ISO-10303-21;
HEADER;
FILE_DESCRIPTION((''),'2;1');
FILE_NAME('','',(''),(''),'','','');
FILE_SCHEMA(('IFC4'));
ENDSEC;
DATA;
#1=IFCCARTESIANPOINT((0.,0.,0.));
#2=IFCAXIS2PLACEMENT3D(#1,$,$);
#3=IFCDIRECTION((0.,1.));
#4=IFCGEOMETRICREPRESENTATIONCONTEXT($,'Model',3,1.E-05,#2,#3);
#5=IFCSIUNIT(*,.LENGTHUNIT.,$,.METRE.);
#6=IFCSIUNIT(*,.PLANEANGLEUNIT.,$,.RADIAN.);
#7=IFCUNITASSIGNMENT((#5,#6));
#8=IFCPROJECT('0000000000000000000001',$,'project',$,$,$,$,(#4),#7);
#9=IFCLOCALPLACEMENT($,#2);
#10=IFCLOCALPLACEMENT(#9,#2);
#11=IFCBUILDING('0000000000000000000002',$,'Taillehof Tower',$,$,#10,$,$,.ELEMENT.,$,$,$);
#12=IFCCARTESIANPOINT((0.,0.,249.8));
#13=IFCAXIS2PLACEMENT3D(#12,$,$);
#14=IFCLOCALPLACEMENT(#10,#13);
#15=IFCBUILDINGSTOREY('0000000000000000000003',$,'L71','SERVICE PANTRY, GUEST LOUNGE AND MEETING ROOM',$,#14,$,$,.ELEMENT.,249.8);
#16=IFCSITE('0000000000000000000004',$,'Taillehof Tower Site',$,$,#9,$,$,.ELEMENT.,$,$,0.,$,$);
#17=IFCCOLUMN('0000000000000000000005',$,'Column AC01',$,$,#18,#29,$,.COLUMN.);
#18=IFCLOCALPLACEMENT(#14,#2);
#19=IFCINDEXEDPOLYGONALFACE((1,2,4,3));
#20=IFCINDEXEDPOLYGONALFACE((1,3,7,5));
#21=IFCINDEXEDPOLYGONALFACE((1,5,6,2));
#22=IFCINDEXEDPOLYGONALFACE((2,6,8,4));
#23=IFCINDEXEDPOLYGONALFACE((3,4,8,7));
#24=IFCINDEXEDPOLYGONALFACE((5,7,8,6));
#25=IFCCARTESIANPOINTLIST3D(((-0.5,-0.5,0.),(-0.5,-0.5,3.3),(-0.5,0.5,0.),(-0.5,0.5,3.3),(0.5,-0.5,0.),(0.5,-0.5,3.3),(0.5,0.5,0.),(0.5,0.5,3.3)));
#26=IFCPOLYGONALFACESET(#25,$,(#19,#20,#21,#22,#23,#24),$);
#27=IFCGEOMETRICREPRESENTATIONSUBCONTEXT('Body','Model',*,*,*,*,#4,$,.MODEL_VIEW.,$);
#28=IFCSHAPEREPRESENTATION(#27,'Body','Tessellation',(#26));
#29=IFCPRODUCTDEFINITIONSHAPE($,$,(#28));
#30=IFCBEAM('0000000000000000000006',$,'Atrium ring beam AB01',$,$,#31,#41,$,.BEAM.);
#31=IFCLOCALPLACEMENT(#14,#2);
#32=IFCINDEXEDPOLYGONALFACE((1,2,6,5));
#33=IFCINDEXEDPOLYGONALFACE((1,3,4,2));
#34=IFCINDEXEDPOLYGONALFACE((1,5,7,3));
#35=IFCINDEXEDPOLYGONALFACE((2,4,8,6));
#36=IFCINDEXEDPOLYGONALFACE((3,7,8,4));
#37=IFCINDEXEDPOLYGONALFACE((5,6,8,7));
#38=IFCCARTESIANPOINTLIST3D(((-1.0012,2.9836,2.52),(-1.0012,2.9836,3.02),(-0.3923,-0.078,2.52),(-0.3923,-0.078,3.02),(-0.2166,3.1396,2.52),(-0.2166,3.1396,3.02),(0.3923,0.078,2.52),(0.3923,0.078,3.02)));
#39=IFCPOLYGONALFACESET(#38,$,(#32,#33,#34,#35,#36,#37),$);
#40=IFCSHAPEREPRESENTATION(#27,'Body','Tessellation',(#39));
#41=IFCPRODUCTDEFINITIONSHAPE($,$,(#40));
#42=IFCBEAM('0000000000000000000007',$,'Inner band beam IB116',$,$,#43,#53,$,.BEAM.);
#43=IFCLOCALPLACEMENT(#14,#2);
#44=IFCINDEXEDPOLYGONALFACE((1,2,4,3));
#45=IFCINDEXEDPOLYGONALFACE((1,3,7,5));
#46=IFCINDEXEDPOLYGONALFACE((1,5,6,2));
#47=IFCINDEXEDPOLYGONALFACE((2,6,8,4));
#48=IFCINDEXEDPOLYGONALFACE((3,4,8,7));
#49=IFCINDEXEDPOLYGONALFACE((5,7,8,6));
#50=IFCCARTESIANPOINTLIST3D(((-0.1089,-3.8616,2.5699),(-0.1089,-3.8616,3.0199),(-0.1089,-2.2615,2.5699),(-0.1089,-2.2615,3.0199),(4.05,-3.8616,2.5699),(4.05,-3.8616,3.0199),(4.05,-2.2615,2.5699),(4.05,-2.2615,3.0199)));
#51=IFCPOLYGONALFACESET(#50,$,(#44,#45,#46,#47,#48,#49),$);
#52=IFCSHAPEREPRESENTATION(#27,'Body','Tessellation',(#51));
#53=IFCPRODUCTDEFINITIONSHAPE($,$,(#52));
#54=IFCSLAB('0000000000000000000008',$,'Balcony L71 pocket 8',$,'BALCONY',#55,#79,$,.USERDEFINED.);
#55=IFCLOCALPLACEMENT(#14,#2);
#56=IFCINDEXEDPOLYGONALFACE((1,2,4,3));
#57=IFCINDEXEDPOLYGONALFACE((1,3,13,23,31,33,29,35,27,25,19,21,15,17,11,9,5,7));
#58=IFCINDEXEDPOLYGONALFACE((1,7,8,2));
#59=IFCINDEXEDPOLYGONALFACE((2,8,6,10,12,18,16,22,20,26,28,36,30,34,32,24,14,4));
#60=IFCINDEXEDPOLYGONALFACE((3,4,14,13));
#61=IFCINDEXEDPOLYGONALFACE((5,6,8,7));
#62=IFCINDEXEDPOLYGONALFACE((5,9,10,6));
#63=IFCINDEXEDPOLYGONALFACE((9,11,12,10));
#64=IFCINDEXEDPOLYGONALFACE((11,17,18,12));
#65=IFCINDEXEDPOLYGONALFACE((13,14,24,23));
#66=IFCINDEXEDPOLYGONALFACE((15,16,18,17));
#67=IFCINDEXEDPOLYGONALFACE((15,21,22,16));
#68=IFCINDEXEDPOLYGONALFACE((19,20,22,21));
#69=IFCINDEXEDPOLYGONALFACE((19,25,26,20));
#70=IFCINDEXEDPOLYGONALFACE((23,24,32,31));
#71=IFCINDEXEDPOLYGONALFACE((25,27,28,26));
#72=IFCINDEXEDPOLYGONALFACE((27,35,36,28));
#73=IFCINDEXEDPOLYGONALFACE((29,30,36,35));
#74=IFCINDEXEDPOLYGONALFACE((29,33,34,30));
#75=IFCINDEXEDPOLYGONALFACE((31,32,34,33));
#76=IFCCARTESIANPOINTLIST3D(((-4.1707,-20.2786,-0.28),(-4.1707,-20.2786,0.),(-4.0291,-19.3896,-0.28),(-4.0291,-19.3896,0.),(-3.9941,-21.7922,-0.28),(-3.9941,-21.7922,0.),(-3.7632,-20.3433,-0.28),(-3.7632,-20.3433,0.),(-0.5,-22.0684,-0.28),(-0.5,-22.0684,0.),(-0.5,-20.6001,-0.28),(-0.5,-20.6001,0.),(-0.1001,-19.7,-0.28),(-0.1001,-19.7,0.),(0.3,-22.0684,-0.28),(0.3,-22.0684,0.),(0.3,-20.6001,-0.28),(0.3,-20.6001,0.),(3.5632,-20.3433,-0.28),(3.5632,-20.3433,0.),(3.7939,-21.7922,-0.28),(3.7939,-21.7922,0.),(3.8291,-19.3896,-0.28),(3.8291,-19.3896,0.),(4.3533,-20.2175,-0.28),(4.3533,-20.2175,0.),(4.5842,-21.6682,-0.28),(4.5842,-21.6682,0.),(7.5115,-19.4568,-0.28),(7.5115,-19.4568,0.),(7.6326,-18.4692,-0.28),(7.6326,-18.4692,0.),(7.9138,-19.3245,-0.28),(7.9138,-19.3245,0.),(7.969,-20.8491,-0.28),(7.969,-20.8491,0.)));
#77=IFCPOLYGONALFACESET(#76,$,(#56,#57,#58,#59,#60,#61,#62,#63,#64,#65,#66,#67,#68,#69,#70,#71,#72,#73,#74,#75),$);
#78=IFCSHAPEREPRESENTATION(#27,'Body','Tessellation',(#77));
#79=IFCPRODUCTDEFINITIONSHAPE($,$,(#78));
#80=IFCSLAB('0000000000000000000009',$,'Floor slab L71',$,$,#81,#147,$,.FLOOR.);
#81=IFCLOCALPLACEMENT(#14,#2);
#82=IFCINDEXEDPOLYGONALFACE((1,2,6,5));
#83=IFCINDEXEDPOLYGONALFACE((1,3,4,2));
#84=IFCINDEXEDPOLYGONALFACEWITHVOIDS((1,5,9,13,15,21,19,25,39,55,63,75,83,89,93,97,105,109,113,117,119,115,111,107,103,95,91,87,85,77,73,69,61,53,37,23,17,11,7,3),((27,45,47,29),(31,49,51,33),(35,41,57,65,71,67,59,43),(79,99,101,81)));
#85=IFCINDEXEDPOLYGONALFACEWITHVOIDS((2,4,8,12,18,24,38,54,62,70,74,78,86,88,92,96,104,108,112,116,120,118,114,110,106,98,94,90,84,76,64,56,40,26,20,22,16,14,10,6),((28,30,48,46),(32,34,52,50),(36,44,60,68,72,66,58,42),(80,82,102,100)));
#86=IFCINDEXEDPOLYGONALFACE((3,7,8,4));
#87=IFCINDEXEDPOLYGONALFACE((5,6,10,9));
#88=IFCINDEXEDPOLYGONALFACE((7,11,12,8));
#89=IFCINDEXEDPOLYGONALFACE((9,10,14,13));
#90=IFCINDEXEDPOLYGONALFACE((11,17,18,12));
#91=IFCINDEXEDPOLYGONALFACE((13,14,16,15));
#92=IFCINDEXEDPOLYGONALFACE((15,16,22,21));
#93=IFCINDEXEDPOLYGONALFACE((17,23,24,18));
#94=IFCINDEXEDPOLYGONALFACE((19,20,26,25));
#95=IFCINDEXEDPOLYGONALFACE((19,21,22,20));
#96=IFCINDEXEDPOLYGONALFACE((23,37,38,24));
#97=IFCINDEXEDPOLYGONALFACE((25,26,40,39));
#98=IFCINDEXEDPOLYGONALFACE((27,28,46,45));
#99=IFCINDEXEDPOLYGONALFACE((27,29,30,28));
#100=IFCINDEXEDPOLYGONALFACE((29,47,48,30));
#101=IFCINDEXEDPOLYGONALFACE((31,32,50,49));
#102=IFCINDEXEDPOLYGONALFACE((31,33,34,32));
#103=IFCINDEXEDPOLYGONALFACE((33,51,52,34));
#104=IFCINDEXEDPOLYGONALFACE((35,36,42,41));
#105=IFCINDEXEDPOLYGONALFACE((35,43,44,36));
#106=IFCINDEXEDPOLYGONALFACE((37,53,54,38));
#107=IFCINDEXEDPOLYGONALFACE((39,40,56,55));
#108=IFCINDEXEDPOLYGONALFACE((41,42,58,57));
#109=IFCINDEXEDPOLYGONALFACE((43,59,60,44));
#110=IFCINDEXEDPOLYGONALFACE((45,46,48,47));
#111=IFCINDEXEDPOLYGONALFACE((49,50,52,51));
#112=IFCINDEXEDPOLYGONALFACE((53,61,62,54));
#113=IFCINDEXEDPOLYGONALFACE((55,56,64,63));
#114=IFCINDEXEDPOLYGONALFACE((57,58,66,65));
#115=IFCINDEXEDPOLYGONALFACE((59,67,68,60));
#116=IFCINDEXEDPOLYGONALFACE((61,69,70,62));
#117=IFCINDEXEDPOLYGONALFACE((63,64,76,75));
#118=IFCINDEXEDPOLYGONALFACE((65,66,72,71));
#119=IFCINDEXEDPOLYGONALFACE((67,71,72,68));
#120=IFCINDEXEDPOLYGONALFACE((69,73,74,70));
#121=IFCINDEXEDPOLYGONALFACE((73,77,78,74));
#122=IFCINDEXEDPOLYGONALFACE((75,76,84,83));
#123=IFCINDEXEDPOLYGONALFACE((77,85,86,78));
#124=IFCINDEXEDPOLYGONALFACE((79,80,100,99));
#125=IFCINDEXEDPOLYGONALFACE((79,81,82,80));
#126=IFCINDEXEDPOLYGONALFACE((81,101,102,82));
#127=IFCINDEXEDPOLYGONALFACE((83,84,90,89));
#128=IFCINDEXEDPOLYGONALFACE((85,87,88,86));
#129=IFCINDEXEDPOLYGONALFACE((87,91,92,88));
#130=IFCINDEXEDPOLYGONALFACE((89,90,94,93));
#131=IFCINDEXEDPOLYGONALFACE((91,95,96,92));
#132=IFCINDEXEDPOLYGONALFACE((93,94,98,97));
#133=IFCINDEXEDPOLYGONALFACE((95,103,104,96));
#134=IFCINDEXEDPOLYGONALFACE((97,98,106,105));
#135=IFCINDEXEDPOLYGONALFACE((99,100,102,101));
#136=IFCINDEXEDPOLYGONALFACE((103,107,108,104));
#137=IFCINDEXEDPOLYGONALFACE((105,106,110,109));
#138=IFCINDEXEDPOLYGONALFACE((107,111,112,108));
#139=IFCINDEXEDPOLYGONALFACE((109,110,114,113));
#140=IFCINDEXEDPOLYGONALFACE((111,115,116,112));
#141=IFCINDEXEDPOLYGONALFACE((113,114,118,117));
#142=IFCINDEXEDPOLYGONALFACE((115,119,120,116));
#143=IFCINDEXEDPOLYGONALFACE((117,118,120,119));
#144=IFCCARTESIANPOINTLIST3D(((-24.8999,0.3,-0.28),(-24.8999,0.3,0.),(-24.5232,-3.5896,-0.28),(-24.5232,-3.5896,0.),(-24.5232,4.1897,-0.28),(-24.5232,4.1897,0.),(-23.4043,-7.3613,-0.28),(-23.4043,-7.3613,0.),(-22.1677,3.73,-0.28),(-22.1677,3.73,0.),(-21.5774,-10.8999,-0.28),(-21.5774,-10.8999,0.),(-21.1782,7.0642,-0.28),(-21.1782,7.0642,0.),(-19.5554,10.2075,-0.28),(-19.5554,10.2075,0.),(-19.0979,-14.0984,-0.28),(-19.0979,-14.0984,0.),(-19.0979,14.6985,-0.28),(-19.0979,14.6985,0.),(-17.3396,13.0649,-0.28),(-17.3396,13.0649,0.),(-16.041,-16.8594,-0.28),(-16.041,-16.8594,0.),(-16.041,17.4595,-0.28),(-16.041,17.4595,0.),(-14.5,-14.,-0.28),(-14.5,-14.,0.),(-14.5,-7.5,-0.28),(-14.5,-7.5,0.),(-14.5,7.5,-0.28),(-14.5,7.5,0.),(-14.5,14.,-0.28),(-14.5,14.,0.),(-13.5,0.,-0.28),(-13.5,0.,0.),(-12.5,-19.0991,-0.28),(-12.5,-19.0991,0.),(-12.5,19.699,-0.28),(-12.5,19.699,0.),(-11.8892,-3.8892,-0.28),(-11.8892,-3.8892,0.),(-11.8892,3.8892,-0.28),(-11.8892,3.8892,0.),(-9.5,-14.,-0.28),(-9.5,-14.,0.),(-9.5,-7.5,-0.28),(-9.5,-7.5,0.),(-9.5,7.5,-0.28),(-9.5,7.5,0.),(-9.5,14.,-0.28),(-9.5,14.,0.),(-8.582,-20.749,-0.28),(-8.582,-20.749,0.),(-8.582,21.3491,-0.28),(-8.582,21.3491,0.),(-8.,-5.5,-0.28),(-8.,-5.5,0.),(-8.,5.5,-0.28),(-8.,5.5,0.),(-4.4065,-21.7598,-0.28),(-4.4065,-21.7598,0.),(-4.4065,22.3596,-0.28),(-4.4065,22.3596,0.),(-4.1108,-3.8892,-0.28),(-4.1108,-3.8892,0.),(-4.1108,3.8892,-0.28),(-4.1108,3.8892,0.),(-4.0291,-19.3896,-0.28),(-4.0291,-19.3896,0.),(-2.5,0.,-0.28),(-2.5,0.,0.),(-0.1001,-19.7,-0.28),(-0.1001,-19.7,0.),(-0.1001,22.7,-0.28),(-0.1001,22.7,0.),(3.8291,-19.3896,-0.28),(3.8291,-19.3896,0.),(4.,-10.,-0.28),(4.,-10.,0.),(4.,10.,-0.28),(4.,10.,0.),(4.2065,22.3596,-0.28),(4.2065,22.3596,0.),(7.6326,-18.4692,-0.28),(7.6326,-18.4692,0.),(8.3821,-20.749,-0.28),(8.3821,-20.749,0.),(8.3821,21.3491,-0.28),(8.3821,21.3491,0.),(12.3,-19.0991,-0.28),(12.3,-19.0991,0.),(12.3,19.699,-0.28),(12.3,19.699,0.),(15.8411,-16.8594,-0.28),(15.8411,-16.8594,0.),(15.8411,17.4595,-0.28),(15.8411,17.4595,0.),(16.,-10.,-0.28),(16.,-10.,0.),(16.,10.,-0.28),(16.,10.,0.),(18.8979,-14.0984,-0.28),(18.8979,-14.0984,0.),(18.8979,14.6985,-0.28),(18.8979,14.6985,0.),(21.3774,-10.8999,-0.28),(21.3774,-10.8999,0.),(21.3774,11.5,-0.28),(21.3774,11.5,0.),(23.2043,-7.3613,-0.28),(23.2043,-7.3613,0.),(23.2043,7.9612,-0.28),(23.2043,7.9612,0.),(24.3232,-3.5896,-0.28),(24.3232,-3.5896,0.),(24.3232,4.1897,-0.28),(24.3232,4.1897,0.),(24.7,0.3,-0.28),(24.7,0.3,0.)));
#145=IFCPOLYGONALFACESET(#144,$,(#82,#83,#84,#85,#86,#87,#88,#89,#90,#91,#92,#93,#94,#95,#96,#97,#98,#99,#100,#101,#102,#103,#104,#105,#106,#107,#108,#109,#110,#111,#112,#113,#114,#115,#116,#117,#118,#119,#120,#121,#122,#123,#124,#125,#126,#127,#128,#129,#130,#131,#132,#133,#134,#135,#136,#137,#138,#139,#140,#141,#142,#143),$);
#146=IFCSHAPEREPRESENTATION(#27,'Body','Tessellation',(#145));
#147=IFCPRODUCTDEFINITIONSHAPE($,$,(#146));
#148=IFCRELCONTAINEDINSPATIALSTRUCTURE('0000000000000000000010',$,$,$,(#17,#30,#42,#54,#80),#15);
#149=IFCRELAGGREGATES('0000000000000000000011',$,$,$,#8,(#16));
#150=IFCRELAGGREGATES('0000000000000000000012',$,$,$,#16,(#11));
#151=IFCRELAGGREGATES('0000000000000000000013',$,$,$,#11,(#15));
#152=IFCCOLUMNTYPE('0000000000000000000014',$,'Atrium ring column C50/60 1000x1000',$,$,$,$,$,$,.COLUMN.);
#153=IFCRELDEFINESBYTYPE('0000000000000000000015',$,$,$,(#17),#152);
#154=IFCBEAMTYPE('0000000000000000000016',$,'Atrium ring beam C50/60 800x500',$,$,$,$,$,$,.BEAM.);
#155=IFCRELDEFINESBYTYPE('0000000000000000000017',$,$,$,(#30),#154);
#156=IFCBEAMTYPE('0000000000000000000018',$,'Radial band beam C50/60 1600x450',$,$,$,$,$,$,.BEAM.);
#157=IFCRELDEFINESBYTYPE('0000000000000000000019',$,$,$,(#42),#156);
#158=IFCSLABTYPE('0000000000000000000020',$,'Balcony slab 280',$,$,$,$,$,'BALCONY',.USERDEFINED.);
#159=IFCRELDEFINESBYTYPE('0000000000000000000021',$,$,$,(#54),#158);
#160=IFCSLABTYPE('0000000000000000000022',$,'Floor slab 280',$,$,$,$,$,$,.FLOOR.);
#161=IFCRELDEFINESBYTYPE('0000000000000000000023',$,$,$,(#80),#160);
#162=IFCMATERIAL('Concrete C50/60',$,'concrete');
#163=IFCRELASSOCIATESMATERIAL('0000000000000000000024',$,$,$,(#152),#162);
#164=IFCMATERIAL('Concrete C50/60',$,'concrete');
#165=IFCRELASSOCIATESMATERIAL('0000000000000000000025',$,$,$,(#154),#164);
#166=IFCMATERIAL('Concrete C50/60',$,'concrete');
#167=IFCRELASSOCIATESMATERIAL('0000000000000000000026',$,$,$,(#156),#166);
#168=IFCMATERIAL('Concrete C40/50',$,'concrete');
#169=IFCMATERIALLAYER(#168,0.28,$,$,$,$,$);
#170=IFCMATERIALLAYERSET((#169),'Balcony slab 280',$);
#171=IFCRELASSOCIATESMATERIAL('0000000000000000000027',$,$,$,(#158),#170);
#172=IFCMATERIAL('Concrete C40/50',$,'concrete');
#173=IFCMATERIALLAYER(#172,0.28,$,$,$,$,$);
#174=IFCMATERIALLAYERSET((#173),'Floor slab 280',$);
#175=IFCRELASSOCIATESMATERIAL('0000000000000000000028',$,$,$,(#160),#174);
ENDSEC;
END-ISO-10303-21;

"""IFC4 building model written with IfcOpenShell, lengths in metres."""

from ifc_helpers import new_model, si_unit, direction, frame, origin, origin_with_axes, origin_2d, place, context, subcontext, project, spatial, polyline, rectangle, outline, extrude, material, layer, layer_set, material_profile, profile_set, type_object, element, save


model = new_model("IFC4")

# Units and contexts
model_context = context("Model", 3, precision=1e-05, world=origin(), true_north=direction((0.0, 1.0)))
body_context = subcontext(model_context, "Body", "Model", "MODEL_VIEW")
ifc_project = project(units=[si_unit("LENGTHUNIT", "METRE"), si_unit("PLANEANGLEUNIT", "RADIAN")], contexts=[model_context])

# Site, building, storey
site_placement = place(None, origin())
site = spatial("IfcSite", under=ifc_project, at=site_placement, Name="Taillehof Tower Site", CompositionType="ELEMENT", RefElevation=0.0)
building_placement = place(site_placement, origin())
building = spatial("IfcBuilding", under=site, at=building_placement, Name="Taillehof Tower", CompositionType="ELEMENT")
storey_placement = place(building_placement, frame((0.0, 0.0, 249.8)))
storey = spatial("IfcBuildingStorey", under=building, at=storey_placement, Name="L71", Description="SERVICE PANTRY, GUEST LOUNGE AND MEETING ROOM", CompositionType="ELEMENT", Elevation=249.8)

# Column
ifc_material_1 = material(Name="Concrete C50/60", Category="concrete")
ifc_material_profile_1 = material_profile(ifc_material_1, rectangle(XDim=1.0, YDim=1.0, at=origin_2d()), Name="RC 1000x1000")
ifc_profile_set_1 = profile_set([ifc_material_profile_1], Name="Concrete C50/60")
column_type = type_object("IfcColumnType", Name="Atrium ring column C50/60 1000x1000", PredefinedType="COLUMN", material=ifc_profile_set_1)
column_placement = place(storey_placement, origin_with_axes())
element("IfcColumn", 1, at=column_placement, inside=storey, type_object=column_type, Name="Column AC01", PredefinedType="COLUMN", context=body_context, shape_type="SweptSolid", body=[
    extrude(rectangle(XDim=1.0, YDim=1.0, at=origin_2d()), origin(), (0.0, 0.0, 1.0), 3.3),
])

# Beams
ifc_material_2 = material(Name="Concrete C50/60", Category="concrete")
ifc_material_profile_2 = material_profile(ifc_material_2, rectangle(XDim=0.8, YDim=0.5, at=origin_2d()), Name="RC 800x500")
ifc_profile_set_2 = profile_set([ifc_material_profile_2], Name="Concrete C50/60")
beam_type_1 = type_object("IfcBeamType", Name="Atrium ring beam C50/60 800x500", PredefinedType="BEAM", material=ifc_profile_set_2)
beam_1_placement = place(storey_placement, frame((0.0, 0.0, 2.77), z_axis=(-0.195063, 0.980791, 0.0), x_axis=(-0.980791, -0.195063, 0.0)))
element("IfcBeam", 2, at=beam_1_placement, inside=storey, type_object=beam_type_1, Name="Atrium ring beam AB01", PredefinedType="BEAM", context=body_context, shape_type="SweptSolid", body=[
    extrude(rectangle(XDim=0.8, YDim=0.5, at=origin_2d()), origin(), (0.0, 0.0, 1.0), 3.1216),
])
ifc_material_3 = material(Name="Concrete C50/60", Category="concrete")
ifc_material_profile_3 = material_profile(ifc_material_3, rectangle(XDim=1.6001, YDim=0.45, at=origin_2d()), Name="RC 1600x450")
ifc_profile_set_3 = profile_set([ifc_material_profile_3], Name="Concrete C50/60")
beam_type_2 = type_object("IfcBeamType", Name="Radial band beam C50/60 1600x450", PredefinedType="BEAM", material=ifc_profile_set_3)
beam_2_placement = place(storey_placement, frame((-0.1089, -3.0615, 2.7949), z_axis=(1.0, 0.0, 0.0), x_axis=(0.0, 1.0, 0.0)))
element("IfcBeam", 3, at=beam_2_placement, inside=storey, type_object=beam_type_2, Name="Inner band beam IB116", PredefinedType="BEAM", context=body_context, shape_type="SweptSolid", body=[
    extrude(rectangle(XDim=1.6001, YDim=0.45, at=origin_2d()), origin(), (0.0, 0.0, 1.0), 4.1589),
])

# Slabs
ifc_material_4 = material(Name="Concrete C40/50", Category="concrete")
ifc_layer_1 = layer(ifc_material_4, 0.28)
ifc_layer_set_1 = layer_set([ifc_layer_1], Name="Balcony slab 280")
slab_type_1 = type_object("IfcSlabType", Name="Balcony slab 280", ElementType="BALCONY", PredefinedType="USERDEFINED", material=ifc_layer_set_1)
slab_1_placement = place(storey_placement, frame((0.0, 0.0, -0.28)))
element("IfcSlab", 4, at=slab_1_placement, inside=storey, type_object=slab_type_1, Name="Balcony L71 pocket 8", ObjectType="BALCONY", PredefinedType="USERDEFINED", context=body_context, shape_type="SweptSolid", body=[
    extrude(outline(polyline([(7.6326, -18.4692), (7.9138, -19.3245), (7.5115, -19.4568), (7.969, -20.8491), (4.5842, -21.6682), (4.3533, -20.2175), (3.5632, -20.3433), (3.7939, -21.7922), (0.3, -22.0684), (0.3, -20.6001), (-0.5, -20.6001), (-0.5, -22.0684), (-3.9941, -21.7922), (-3.7632, -20.3433), (-4.1707, -20.2786), (-4.0291, -19.3896), (-0.1001, -19.7), (3.8291, -19.3896), (7.6326, -18.4692)])), origin(), (0.0, 0.0, 1.0), 0.28),
])
ifc_material_5 = material(Name="Concrete C40/50", Category="concrete")
ifc_layer_2 = layer(ifc_material_5, 0.28)
ifc_layer_set_2 = layer_set([ifc_layer_2], Name="Floor slab 280")
slab_type_2 = type_object("IfcSlabType", Name="Floor slab 280", PredefinedType="FLOOR", material=ifc_layer_set_2)
slab_2_placement = place(storey_placement, frame((0.0, 0.0, -0.28)))
element("IfcSlab", 5, at=slab_2_placement, inside=storey, type_object=slab_type_2, Name="Floor slab L71", PredefinedType="FLOOR", context=body_context, shape_type="SweptSolid", body=[
    extrude(outline(polyline([(24.7, 0.3), (24.3232, 4.1897), (23.2043, 7.9612), (21.3774, 11.5), (18.8979, 14.6985), (15.8411, 17.4595), (12.3, 19.699), (8.3821, 21.3491), (4.2065, 22.3596), (-0.1001, 22.7), (-4.4065, 22.3596), (-8.582, 21.3491), (-12.5, 19.699), (-16.041, 17.4595), (-19.0979, 14.6985), (-17.3396, 13.0649), (-19.5554, 10.2075), (-21.1782, 7.0642), (-22.1677, 3.73), (-24.5232, 4.1897), (-24.8999, 0.3), (-24.5232, -3.5896), (-23.4043, -7.3613), (-21.5774, -10.8999), (-19.0979, -14.0984), (-16.041, -16.8594), (-12.5, -19.0991), (-8.582, -20.749), (-4.4065, -21.7598), (-4.0291, -19.3896), (-0.1001, -19.7), (3.8291, -19.3896), (7.6326, -18.4692), (8.3821, -20.749), (12.3, -19.0991), (15.8411, -16.8594), (18.8979, -14.0984), (21.3774, -10.8999), (23.2043, -7.3613), (24.3232, -3.5896), (24.7, 0.3)]), holes=[polyline([(-14.5, -7.5), (-9.5, -7.5), (-9.5, -14.0), (-14.5, -14.0), (-14.5, -7.5)]), polyline([(-8.0, -5.5), (-11.8892, -3.8892), (-13.5, 0.0), (-11.8892, 3.8892), (-8.0, 5.5), (-4.1108, 3.8892), (-2.5, 0.0), (-4.1108, -3.8892), (-8.0, -5.5)]), polyline([(16.0, 10.0), (16.0, -10.0), (4.0, -10.0), (4.0, 10.0), (16.0, 10.0)]), polyline([(-14.5, 14.0), (-9.5, 14.0), (-9.5, 7.5), (-14.5, 7.5), (-14.5, 14.0)])]), origin(), (0.0, 0.0, 1.0), 0.28),
])

save(model, "model.ifc")
